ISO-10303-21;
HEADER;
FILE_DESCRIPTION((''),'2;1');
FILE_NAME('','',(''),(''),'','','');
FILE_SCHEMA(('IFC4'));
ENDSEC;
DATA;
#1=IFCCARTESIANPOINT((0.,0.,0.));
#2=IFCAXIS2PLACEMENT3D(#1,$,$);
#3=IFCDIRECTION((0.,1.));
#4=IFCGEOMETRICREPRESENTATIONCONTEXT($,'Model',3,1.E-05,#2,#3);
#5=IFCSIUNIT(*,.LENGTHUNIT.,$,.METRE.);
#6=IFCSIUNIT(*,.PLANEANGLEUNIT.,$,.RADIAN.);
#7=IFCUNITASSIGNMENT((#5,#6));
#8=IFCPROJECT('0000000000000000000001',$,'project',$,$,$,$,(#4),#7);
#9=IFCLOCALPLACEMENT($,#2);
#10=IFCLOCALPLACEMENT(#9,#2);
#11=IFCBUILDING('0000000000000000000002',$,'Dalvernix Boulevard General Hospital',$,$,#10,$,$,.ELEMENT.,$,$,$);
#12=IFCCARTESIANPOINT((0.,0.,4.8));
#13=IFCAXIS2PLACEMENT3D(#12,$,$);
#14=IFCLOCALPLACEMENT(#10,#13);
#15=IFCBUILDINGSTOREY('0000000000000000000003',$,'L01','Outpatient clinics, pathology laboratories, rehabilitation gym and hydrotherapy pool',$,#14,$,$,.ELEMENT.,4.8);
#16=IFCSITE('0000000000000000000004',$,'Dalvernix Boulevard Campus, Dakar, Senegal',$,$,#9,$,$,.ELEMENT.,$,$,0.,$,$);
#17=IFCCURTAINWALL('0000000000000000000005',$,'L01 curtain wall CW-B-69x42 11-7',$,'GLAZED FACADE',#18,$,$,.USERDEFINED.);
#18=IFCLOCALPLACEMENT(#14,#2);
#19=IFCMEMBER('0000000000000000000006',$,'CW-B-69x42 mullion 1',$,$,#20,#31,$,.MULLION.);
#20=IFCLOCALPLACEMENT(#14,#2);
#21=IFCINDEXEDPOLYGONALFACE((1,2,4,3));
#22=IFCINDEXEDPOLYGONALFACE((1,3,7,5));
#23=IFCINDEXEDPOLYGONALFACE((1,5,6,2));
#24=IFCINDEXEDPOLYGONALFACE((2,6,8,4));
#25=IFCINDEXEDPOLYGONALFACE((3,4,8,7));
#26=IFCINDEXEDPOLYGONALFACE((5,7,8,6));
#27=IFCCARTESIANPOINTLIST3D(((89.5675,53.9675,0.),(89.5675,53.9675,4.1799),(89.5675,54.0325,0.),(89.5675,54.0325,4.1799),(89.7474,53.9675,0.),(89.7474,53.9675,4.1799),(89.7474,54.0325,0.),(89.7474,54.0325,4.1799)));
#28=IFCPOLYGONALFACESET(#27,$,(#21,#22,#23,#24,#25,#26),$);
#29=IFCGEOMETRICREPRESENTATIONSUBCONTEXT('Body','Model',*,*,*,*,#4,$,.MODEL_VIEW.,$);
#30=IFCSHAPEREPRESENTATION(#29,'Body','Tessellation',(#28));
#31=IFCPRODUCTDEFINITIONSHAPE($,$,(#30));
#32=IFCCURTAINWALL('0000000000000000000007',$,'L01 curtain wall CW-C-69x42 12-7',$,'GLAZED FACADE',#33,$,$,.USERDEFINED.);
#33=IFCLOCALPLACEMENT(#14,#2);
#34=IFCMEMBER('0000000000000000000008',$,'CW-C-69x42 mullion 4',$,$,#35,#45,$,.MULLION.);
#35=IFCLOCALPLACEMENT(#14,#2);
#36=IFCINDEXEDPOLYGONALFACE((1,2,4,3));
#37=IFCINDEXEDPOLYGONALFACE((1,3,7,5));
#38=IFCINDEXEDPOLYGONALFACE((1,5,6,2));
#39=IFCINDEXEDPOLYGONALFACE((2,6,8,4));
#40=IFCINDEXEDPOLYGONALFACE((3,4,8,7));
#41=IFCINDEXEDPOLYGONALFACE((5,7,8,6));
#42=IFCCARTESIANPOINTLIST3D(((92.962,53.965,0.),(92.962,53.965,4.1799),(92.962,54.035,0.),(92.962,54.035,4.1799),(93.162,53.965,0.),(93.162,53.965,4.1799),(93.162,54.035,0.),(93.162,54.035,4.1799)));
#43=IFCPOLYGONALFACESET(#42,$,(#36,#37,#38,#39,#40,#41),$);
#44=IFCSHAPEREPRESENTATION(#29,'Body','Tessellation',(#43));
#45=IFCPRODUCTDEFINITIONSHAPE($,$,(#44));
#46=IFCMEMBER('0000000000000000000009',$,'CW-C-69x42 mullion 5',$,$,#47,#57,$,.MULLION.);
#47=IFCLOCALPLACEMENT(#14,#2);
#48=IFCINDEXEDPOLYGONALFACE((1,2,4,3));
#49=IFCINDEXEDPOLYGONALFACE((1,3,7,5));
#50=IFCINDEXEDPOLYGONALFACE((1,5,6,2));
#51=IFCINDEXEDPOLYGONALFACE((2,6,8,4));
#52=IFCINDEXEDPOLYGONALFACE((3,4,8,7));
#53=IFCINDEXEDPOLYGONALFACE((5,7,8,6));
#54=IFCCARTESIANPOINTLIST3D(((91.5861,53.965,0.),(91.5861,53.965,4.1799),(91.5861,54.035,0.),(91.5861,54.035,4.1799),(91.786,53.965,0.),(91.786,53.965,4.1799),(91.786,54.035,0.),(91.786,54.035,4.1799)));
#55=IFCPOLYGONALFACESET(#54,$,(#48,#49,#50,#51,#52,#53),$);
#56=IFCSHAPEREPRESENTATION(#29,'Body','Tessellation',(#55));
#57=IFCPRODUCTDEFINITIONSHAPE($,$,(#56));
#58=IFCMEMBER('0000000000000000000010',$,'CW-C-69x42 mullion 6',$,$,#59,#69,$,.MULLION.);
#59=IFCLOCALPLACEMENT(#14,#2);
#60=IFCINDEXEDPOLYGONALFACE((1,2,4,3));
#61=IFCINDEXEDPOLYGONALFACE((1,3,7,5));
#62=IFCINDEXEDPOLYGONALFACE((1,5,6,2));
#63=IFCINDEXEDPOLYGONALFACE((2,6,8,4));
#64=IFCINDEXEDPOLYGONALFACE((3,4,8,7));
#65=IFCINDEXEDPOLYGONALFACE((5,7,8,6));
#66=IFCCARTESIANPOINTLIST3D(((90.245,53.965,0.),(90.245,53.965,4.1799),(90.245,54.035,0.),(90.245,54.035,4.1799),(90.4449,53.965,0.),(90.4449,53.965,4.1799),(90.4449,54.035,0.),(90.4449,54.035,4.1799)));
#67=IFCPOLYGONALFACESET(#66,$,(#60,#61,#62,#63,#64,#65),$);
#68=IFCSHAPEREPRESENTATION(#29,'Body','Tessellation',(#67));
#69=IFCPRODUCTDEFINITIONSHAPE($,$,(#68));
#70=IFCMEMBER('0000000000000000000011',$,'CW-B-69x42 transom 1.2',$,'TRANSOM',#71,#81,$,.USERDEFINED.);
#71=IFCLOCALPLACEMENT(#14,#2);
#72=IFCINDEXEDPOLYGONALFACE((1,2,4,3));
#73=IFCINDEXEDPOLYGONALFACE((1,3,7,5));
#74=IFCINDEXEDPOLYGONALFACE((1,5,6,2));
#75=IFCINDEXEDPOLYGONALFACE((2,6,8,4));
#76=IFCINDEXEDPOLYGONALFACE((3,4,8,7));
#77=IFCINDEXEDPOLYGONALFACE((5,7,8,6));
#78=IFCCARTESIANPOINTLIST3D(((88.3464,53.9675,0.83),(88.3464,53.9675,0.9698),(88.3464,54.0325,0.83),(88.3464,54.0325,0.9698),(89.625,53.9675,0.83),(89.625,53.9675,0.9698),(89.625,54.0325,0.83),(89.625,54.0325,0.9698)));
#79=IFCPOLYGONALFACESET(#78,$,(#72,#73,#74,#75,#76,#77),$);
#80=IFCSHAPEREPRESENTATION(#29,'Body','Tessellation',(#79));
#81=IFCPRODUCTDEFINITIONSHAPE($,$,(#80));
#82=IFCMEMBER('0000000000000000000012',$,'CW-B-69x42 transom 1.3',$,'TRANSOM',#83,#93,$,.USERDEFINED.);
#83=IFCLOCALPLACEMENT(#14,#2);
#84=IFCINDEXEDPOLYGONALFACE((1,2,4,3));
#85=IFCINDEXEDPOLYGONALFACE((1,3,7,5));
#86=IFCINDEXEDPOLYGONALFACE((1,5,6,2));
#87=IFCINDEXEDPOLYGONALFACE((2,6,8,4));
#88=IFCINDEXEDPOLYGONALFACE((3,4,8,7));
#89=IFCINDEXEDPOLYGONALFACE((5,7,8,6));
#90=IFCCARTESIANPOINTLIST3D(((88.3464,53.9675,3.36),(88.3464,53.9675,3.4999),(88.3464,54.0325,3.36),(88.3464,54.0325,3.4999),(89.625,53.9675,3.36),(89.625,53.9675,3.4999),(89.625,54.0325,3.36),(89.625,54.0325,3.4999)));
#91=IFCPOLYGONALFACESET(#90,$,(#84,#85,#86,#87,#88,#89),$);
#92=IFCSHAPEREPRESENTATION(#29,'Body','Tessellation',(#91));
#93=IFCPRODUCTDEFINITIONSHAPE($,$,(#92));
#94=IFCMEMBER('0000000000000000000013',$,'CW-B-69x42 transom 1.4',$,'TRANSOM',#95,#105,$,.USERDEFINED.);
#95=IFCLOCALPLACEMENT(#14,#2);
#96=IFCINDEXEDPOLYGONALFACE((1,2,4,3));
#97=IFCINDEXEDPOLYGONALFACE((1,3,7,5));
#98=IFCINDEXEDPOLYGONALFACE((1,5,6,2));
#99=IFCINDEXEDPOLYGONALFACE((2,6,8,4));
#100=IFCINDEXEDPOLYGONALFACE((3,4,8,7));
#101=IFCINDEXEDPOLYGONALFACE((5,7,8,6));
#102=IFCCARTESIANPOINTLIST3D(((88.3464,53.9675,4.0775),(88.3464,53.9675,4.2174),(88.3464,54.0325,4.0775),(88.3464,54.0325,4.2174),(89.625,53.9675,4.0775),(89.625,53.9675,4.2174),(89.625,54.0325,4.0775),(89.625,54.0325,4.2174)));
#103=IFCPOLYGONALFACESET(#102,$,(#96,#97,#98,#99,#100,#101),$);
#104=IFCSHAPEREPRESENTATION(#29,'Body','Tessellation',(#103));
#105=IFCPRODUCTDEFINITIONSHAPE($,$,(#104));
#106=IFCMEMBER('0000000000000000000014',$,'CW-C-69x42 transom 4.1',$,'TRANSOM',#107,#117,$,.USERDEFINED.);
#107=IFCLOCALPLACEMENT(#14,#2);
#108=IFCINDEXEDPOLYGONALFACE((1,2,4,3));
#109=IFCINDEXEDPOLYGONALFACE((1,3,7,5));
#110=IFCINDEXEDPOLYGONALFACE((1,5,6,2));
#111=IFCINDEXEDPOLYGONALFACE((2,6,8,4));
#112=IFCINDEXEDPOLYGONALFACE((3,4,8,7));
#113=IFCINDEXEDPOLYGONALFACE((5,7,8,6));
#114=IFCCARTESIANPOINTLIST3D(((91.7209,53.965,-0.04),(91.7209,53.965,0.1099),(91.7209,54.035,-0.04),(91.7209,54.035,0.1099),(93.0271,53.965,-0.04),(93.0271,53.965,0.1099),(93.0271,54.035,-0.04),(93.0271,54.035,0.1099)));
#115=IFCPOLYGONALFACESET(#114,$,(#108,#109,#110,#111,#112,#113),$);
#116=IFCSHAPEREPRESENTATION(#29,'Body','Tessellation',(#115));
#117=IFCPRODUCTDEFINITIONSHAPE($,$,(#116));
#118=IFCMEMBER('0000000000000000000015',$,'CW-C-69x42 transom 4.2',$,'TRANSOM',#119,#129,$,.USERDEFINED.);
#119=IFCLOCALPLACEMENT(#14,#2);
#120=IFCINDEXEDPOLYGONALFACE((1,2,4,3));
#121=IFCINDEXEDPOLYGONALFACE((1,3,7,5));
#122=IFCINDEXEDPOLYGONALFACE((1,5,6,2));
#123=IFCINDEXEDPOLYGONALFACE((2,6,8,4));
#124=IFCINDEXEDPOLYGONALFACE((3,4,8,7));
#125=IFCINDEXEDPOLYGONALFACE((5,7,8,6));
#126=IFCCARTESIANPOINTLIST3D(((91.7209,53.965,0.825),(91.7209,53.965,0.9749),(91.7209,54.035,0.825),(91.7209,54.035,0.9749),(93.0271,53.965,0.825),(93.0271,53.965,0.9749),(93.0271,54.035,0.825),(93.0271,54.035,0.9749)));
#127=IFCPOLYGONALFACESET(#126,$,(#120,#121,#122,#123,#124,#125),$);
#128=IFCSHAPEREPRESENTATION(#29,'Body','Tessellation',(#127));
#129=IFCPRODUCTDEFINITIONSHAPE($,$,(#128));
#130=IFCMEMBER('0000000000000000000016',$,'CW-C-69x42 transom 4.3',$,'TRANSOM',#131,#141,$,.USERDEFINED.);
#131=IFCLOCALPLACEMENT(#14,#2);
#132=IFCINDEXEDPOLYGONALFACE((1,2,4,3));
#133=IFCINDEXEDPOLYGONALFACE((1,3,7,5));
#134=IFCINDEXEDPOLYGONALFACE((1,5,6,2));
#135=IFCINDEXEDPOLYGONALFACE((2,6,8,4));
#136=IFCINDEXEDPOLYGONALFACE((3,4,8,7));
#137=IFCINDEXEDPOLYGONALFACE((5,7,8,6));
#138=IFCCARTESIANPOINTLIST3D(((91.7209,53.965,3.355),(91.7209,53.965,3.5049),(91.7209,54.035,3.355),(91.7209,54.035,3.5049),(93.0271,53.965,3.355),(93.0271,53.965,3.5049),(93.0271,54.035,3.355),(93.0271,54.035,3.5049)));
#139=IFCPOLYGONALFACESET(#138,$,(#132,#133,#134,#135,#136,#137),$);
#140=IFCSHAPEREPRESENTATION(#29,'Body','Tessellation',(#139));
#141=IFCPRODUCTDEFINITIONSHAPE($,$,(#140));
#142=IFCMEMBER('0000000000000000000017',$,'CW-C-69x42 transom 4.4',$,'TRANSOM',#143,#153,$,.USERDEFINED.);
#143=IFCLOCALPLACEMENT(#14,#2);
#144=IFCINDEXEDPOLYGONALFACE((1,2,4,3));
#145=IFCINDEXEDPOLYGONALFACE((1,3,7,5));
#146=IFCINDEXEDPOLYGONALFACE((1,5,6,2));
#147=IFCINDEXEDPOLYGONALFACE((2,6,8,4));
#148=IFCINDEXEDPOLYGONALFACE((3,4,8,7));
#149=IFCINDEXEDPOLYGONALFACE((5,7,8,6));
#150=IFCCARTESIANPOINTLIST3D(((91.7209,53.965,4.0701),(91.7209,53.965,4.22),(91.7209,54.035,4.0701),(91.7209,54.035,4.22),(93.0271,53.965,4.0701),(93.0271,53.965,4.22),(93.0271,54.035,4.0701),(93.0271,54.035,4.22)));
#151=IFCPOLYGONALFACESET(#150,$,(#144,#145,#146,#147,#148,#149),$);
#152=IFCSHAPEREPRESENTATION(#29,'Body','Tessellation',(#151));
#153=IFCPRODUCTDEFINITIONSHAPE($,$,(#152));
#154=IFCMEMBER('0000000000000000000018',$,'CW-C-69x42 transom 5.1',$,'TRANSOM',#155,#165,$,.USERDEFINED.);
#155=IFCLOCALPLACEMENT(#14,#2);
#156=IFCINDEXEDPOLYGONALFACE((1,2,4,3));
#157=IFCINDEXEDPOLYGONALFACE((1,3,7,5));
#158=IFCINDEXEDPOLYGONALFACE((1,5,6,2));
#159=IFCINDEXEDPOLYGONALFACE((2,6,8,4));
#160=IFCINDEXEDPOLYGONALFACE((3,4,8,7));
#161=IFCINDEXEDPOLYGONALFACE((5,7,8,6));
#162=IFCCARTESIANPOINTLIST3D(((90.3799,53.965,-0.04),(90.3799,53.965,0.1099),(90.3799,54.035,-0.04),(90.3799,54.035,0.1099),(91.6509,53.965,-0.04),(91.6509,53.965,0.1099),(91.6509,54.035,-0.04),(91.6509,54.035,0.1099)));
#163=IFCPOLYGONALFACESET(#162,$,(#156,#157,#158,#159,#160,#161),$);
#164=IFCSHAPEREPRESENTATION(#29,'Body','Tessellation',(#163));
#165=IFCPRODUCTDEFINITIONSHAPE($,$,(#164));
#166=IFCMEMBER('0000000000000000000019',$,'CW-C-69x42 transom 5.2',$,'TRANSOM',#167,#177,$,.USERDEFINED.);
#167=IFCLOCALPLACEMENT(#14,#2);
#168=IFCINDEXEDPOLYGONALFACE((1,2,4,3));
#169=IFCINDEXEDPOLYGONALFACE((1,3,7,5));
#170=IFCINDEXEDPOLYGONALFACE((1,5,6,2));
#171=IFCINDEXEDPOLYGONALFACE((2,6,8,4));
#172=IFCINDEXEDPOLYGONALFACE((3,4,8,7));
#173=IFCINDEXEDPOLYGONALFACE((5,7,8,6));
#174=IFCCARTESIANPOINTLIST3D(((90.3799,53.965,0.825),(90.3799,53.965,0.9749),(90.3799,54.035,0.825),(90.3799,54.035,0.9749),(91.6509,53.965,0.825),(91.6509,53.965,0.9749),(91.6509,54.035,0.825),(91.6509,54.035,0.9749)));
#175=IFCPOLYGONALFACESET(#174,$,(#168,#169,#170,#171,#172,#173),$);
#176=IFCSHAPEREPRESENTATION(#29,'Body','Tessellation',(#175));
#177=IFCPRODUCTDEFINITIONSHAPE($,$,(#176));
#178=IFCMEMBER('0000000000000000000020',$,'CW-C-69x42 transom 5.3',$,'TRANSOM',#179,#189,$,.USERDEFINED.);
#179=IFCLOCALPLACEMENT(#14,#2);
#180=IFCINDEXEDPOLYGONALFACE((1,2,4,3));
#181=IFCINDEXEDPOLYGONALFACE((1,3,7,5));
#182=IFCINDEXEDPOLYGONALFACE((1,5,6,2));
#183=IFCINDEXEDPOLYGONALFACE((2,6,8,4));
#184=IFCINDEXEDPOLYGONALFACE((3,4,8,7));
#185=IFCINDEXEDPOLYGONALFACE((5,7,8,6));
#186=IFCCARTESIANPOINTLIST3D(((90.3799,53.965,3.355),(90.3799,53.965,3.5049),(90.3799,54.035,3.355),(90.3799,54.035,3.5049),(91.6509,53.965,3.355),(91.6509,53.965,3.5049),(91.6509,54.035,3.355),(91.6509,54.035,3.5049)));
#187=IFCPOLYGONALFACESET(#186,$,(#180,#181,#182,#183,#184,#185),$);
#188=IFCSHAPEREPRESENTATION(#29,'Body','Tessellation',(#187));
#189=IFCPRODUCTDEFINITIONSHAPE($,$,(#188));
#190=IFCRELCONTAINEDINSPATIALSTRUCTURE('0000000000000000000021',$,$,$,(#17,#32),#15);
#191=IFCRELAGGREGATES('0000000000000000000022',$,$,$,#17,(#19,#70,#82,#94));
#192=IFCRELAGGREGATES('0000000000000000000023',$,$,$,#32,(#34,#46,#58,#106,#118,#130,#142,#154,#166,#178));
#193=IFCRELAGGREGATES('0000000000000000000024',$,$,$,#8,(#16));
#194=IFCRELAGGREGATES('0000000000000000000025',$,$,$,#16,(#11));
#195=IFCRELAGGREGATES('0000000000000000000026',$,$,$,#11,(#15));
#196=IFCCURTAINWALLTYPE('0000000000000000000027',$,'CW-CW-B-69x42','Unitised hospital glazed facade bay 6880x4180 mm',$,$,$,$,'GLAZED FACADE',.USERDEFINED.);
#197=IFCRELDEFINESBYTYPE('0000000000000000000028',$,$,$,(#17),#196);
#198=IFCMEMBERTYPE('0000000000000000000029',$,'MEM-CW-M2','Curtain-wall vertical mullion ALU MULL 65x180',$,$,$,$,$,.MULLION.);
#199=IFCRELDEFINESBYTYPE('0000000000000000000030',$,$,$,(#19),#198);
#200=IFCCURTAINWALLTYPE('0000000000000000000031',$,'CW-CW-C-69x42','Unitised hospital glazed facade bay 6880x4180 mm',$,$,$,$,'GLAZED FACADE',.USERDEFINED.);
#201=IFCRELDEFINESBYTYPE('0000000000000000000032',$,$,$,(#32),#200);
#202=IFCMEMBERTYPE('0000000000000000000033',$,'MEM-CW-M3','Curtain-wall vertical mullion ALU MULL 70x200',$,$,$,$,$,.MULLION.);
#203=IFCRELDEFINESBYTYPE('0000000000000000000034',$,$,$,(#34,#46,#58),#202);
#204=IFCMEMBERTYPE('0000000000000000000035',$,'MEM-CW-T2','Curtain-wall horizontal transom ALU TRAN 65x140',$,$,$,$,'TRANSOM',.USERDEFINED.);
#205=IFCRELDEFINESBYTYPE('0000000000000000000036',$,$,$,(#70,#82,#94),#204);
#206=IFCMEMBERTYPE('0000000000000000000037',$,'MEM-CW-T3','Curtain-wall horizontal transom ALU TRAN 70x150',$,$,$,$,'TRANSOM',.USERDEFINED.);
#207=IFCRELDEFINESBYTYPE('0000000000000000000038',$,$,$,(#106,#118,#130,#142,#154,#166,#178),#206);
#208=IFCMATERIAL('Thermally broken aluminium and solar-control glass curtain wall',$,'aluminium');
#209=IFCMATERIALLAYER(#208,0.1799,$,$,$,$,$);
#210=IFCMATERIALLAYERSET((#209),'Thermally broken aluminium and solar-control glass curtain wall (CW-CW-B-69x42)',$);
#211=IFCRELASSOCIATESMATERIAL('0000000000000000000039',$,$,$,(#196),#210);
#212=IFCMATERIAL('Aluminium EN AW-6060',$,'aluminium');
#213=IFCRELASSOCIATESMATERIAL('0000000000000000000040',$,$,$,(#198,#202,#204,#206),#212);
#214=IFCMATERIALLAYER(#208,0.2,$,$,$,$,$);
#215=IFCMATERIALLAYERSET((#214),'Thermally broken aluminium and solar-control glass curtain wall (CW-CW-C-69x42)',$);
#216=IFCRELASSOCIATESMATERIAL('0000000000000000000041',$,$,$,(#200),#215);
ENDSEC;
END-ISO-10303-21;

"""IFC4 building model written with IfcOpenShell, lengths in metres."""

from ifc_helpers import new_model, si_unit, direction, frame, origin, origin_2d, place, context, subcontext, project, spatial, rectangle, extrude, material, layer, layer_set, material_profile, profile_set, type_object, element, aggregate, save


model = new_model("IFC4")

# Units and contexts
model_context = context("Model", 3, precision=1e-05, world=origin(), true_north=direction((0.0, 1.0)))
body_context = subcontext(model_context, "Body", "Model", "MODEL_VIEW")
ifc_project = project(units=[si_unit("LENGTHUNIT", "METRE"), si_unit("PLANEANGLEUNIT", "RADIAN")], contexts=[model_context])

# Site, building, storey
site_placement = place(None, origin())
site = spatial("IfcSite", under=ifc_project, at=site_placement, Name="Dalvernix Boulevard Campus, Dakar, Senegal", CompositionType="ELEMENT", RefElevation=0.0)
building_placement = place(site_placement, origin())
building = spatial("IfcBuilding", under=site, at=building_placement, Name="Dalvernix Boulevard General Hospital", CompositionType="ELEMENT")
storey_placement = place(building_placement, frame((0.0, 0.0, 4.8)))
storey = spatial("IfcBuildingStorey", under=building, at=storey_placement, Name="L01", Description="Outpatient clinics, pathology laboratories, rehabilitation gym and hydrotherapy pool", CompositionType="ELEMENT", Elevation=4.8)

# Curtain wall, member
ifc_material_1 = material(Name="Thermally broken aluminium and solar-control glass curtain wall", Category="aluminium")
ifc_layer_1 = layer(ifc_material_1, 0.1799)
ifc_layer_set_1 = layer_set([ifc_layer_1], Name="Thermally broken aluminium and solar-control glass curtain wall (CW-CW-B-69x42)")
curtain_wall_type_1 = type_object("IfcCurtainWallType", Name="CW-CW-B-69x42", Description="Unitised hospital glazed facade bay 6880x4180 mm", ElementType="GLAZED FACADE", PredefinedType="USERDEFINED", material=ifc_layer_set_1)
curtain_wall_1_placement = place(storey_placement, origin())
curtain_wall_1 = element("IfcCurtainWall", 1, at=curtain_wall_1_placement, inside=storey, type_object=curtain_wall_type_1, Name="L01 curtain wall CW-B-69x42 11-7", ObjectType="GLAZED FACADE", PredefinedType="USERDEFINED")
ifc_material_2 = material(Name="Aluminium EN AW-6060", Category="aluminium")
ifc_material_profile_1 = material_profile(ifc_material_2, rectangle(XDim=0.0649, YDim=0.1799, at=origin_2d()), Name="ALU MULL 65x180")
ifc_profile_set_1 = profile_set([ifc_material_profile_1], Name="Aluminium EN AW-6060")
member_type_1 = type_object("IfcMemberType", Name="MEM-CW-M2", Description="Curtain-wall vertical mullion ALU MULL 65x180", PredefinedType="MULLION", material=ifc_profile_set_1)
member_1_placement = place(storey_placement, frame((89.6575, 54.0, 0.0), z_axis=(0.0, 0.0, 1.0), x_axis=(0.0, -1.0, 0.0)))
member_1 = element("IfcMember", 2, at=member_1_placement, type_object=member_type_1, Name="CW-B-69x42 mullion 1", PredefinedType="MULLION", context=body_context, shape_type="SweptSolid", body=[
    extrude(rectangle(XDim=0.0649, YDim=0.1799, at=origin_2d()), origin(), (0.0, 0.0, 1.0), 4.1799),
])

# Curtain wall, members
ifc_layer_2 = layer(ifc_material_1, 0.2)
ifc_layer_set_2 = layer_set([ifc_layer_2], Name="Thermally broken aluminium and solar-control glass curtain wall (CW-CW-C-69x42)")
curtain_wall_type_2 = type_object("IfcCurtainWallType", Name="CW-CW-C-69x42", Description="Unitised hospital glazed facade bay 6880x4180 mm", ElementType="GLAZED FACADE", PredefinedType="USERDEFINED", material=ifc_layer_set_2)
curtain_wall_2_placement = place(storey_placement, origin())
curtain_wall_2 = element("IfcCurtainWall", 3, at=curtain_wall_2_placement, inside=storey, type_object=curtain_wall_type_2, Name="L01 curtain wall CW-C-69x42 12-7", ObjectType="GLAZED FACADE", PredefinedType="USERDEFINED")
ifc_material_profile_2 = material_profile(ifc_material_2, rectangle(XDim=0.0701, YDim=0.2, at=origin_2d()), Name="ALU MULL 70x200")
ifc_profile_set_2 = profile_set([ifc_material_profile_2], Name="Aluminium EN AW-6060")
member_type_2 = type_object("IfcMemberType", Name="MEM-CW-M3", Description="Curtain-wall vertical mullion ALU MULL 70x200", PredefinedType="MULLION", material=ifc_profile_set_2)
member_2_placement = place(storey_placement, frame((93.062, 54.0, 0.0), z_axis=(0.0, 0.0, 1.0), x_axis=(0.0, -1.0, 0.0)))
member_2 = element("IfcMember", 4, at=member_2_placement, type_object=member_type_2, Name="CW-C-69x42 mullion 4", PredefinedType="MULLION", context=body_context, shape_type="SweptSolid", body=[
    extrude(rectangle(XDim=0.0701, YDim=0.2, at=origin_2d()), origin(), (0.0, 0.0, 1.0), 4.1799),
])
member_3_placement = place(storey_placement, frame((91.686, 54.0, 0.0), z_axis=(0.0, 0.0, 1.0), x_axis=(0.0, -1.0, 0.0)))
member_3 = element("IfcMember", 5, at=member_3_placement, type_object=member_type_2, Name="CW-C-69x42 mullion 5", PredefinedType="MULLION", context=body_context, shape_type="SweptSolid", body=[
    extrude(rectangle(XDim=0.0701, YDim=0.2, at=origin_2d()), origin(), (0.0, 0.0, 1.0), 4.1799),
])
member_4_placement = place(storey_placement, frame((90.345, 54.0, 0.0), z_axis=(0.0, 0.0, 1.0), x_axis=(0.0, -1.0, 0.0)))
member_4 = element("IfcMember", 6, at=member_4_placement, type_object=member_type_2, Name="CW-C-69x42 mullion 6", PredefinedType="MULLION", context=body_context, shape_type="SweptSolid", body=[
    extrude(rectangle(XDim=0.0701, YDim=0.2, at=origin_2d()), origin(), (0.0, 0.0, 1.0), 4.1799),
])

# Members
ifc_material_profile_3 = material_profile(ifc_material_2, rectangle(XDim=0.0649, YDim=0.1399, at=origin_2d()), Name="ALU TRAN 65x140")
ifc_profile_set_3 = profile_set([ifc_material_profile_3], Name="Aluminium EN AW-6060")
member_type_3 = type_object("IfcMemberType", Name="MEM-CW-T2", Description="Curtain-wall horizontal transom ALU TRAN 65x140", ElementType="TRANSOM", PredefinedType="USERDEFINED", material=ifc_profile_set_3)
member_5_placement = place(storey_placement, frame((89.625, 54.0, 0.8999), z_axis=(-1.0, 0.0, 0.0), x_axis=(0.0, -1.0, 0.0)))
member_5 = element("IfcMember", 7, at=member_5_placement, type_object=member_type_3, Name="CW-B-69x42 transom 1.2", ObjectType="TRANSOM", PredefinedType="USERDEFINED", context=body_context, shape_type="SweptSolid", body=[
    extrude(rectangle(XDim=0.0649, YDim=0.1399, at=origin_2d()), origin(), (0.0, 0.0, 1.0), 1.2786),
])
member_6_placement = place(storey_placement, frame((89.625, 54.0, 3.4299), z_axis=(-1.0, 0.0, 0.0), x_axis=(0.0, -1.0, 0.0)))
member_6 = element("IfcMember", 8, at=member_6_placement, type_object=member_type_3, Name="CW-B-69x42 transom 1.3", ObjectType="TRANSOM", PredefinedType="USERDEFINED", context=body_context, shape_type="SweptSolid", body=[
    extrude(rectangle(XDim=0.0649, YDim=0.1399, at=origin_2d()), origin(), (0.0, 0.0, 1.0), 1.2786),
])
member_7_placement = place(storey_placement, frame((89.625, 54.0, 4.1475), z_axis=(-1.0, 0.0, 0.0), x_axis=(0.0, -1.0, 0.0)))
member_7 = element("IfcMember", 9, at=member_7_placement, type_object=member_type_3, Name="CW-B-69x42 transom 1.4", ObjectType="TRANSOM", PredefinedType="USERDEFINED", context=body_context, shape_type="SweptSolid", body=[
    extrude(rectangle(XDim=0.0649, YDim=0.1399, at=origin_2d()), origin(), (0.0, 0.0, 1.0), 1.2786),
])
aggregate(curtain_wall_1, [member_1, member_5, member_6, member_7])
ifc_material_profile_4 = material_profile(ifc_material_2, rectangle(XDim=0.0701, YDim=0.1499, at=origin_2d()), Name="ALU TRAN 70x150")
ifc_profile_set_4 = profile_set([ifc_material_profile_4], Name="Aluminium EN AW-6060")
member_type_4 = type_object("IfcMemberType", Name="MEM-CW-T3", Description="Curtain-wall horizontal transom ALU TRAN 70x150", ElementType="TRANSOM", PredefinedType="USERDEFINED", material=ifc_profile_set_4)
member_8_placement = place(storey_placement, frame((93.0271, 54.0, 0.0349), z_axis=(-1.0, 0.0, 0.0), x_axis=(0.0, -1.0, 0.0)))
member_8 = element("IfcMember", 10, at=member_8_placement, type_object=member_type_4, Name="CW-C-69x42 transom 4.1", ObjectType="TRANSOM", PredefinedType="USERDEFINED", context=body_context, shape_type="SweptSolid", body=[
    extrude(rectangle(XDim=0.0701, YDim=0.1499, at=origin_2d()), origin(), (0.0, 0.0, 1.0), 1.3062),
])
member_9_placement = place(storey_placement, frame((93.0271, 54.0, 0.8999), z_axis=(-1.0, 0.0, 0.0), x_axis=(0.0, -1.0, 0.0)))
member_9 = element("IfcMember", 11, at=member_9_placement, type_object=member_type_4, Name="CW-C-69x42 transom 4.2", ObjectType="TRANSOM", PredefinedType="USERDEFINED", context=body_context, shape_type="SweptSolid", body=[
    extrude(rectangle(XDim=0.0701, YDim=0.1499, at=origin_2d()), origin(), (0.0, 0.0, 1.0), 1.3062),
])
member_10_placement = place(storey_placement, frame((93.0271, 54.0, 3.4299), z_axis=(-1.0, 0.0, 0.0), x_axis=(0.0, -1.0, 0.0)))
member_10 = element("IfcMember", 12, at=member_10_placement, type_object=member_type_4, Name="CW-C-69x42 transom 4.3", ObjectType="TRANSOM", PredefinedType="USERDEFINED", context=body_context, shape_type="SweptSolid", body=[
    extrude(rectangle(XDim=0.0701, YDim=0.1499, at=origin_2d()), origin(), (0.0, 0.0, 1.0), 1.3062),
])
member_11_placement = place(storey_placement, frame((93.0271, 54.0, 4.145), z_axis=(-1.0, 0.0, 0.0), x_axis=(0.0, -1.0, 0.0)))
member_11 = element("IfcMember", 13, at=member_11_placement, type_object=member_type_4, Name="CW-C-69x42 transom 4.4", ObjectType="TRANSOM", PredefinedType="USERDEFINED", context=body_context, shape_type="SweptSolid", body=[
    extrude(rectangle(XDim=0.0701, YDim=0.1499, at=origin_2d()), origin(), (0.0, 0.0, 1.0), 1.3062),
])
member_12_placement = place(storey_placement, frame((91.6509, 54.0, 0.0349), z_axis=(-1.0, 0.0, 0.0), x_axis=(0.0, -1.0, 0.0)))
member_12 = element("IfcMember", 14, at=member_12_placement, type_object=member_type_4, Name="CW-C-69x42 transom 5.1", ObjectType="TRANSOM", PredefinedType="USERDEFINED", context=body_context, shape_type="SweptSolid", body=[
    extrude(rectangle(XDim=0.0701, YDim=0.1499, at=origin_2d()), origin(), (0.0, 0.0, 1.0), 1.271),
])
member_13_placement = place(storey_placement, frame((91.6509, 54.0, 0.8999), z_axis=(-1.0, 0.0, 0.0), x_axis=(0.0, -1.0, 0.0)))
member_13 = element("IfcMember", 15, at=member_13_placement, type_object=member_type_4, Name="CW-C-69x42 transom 5.2", ObjectType="TRANSOM", PredefinedType="USERDEFINED", context=body_context, shape_type="SweptSolid", body=[
    extrude(rectangle(XDim=0.0701, YDim=0.1499, at=origin_2d()), origin(), (0.0, 0.0, 1.0), 1.271),
])
member_14_placement = place(storey_placement, frame((91.6509, 54.0, 3.4299), z_axis=(-1.0, 0.0, 0.0), x_axis=(0.0, -1.0, 0.0)))
member_14 = element("IfcMember", 16, at=member_14_placement, type_object=member_type_4, Name="CW-C-69x42 transom 5.3", ObjectType="TRANSOM", PredefinedType="USERDEFINED", context=body_context, shape_type="SweptSolid", body=[
    extrude(rectangle(XDim=0.0701, YDim=0.1499, at=origin_2d()), origin(), (0.0, 0.0, 1.0), 1.271),
])

aggregate(curtain_wall_2, [member_2, member_3, member_4, member_8, member_9, member_10, member_11, member_12, member_13, member_14])

save(model, "model.ifc")
